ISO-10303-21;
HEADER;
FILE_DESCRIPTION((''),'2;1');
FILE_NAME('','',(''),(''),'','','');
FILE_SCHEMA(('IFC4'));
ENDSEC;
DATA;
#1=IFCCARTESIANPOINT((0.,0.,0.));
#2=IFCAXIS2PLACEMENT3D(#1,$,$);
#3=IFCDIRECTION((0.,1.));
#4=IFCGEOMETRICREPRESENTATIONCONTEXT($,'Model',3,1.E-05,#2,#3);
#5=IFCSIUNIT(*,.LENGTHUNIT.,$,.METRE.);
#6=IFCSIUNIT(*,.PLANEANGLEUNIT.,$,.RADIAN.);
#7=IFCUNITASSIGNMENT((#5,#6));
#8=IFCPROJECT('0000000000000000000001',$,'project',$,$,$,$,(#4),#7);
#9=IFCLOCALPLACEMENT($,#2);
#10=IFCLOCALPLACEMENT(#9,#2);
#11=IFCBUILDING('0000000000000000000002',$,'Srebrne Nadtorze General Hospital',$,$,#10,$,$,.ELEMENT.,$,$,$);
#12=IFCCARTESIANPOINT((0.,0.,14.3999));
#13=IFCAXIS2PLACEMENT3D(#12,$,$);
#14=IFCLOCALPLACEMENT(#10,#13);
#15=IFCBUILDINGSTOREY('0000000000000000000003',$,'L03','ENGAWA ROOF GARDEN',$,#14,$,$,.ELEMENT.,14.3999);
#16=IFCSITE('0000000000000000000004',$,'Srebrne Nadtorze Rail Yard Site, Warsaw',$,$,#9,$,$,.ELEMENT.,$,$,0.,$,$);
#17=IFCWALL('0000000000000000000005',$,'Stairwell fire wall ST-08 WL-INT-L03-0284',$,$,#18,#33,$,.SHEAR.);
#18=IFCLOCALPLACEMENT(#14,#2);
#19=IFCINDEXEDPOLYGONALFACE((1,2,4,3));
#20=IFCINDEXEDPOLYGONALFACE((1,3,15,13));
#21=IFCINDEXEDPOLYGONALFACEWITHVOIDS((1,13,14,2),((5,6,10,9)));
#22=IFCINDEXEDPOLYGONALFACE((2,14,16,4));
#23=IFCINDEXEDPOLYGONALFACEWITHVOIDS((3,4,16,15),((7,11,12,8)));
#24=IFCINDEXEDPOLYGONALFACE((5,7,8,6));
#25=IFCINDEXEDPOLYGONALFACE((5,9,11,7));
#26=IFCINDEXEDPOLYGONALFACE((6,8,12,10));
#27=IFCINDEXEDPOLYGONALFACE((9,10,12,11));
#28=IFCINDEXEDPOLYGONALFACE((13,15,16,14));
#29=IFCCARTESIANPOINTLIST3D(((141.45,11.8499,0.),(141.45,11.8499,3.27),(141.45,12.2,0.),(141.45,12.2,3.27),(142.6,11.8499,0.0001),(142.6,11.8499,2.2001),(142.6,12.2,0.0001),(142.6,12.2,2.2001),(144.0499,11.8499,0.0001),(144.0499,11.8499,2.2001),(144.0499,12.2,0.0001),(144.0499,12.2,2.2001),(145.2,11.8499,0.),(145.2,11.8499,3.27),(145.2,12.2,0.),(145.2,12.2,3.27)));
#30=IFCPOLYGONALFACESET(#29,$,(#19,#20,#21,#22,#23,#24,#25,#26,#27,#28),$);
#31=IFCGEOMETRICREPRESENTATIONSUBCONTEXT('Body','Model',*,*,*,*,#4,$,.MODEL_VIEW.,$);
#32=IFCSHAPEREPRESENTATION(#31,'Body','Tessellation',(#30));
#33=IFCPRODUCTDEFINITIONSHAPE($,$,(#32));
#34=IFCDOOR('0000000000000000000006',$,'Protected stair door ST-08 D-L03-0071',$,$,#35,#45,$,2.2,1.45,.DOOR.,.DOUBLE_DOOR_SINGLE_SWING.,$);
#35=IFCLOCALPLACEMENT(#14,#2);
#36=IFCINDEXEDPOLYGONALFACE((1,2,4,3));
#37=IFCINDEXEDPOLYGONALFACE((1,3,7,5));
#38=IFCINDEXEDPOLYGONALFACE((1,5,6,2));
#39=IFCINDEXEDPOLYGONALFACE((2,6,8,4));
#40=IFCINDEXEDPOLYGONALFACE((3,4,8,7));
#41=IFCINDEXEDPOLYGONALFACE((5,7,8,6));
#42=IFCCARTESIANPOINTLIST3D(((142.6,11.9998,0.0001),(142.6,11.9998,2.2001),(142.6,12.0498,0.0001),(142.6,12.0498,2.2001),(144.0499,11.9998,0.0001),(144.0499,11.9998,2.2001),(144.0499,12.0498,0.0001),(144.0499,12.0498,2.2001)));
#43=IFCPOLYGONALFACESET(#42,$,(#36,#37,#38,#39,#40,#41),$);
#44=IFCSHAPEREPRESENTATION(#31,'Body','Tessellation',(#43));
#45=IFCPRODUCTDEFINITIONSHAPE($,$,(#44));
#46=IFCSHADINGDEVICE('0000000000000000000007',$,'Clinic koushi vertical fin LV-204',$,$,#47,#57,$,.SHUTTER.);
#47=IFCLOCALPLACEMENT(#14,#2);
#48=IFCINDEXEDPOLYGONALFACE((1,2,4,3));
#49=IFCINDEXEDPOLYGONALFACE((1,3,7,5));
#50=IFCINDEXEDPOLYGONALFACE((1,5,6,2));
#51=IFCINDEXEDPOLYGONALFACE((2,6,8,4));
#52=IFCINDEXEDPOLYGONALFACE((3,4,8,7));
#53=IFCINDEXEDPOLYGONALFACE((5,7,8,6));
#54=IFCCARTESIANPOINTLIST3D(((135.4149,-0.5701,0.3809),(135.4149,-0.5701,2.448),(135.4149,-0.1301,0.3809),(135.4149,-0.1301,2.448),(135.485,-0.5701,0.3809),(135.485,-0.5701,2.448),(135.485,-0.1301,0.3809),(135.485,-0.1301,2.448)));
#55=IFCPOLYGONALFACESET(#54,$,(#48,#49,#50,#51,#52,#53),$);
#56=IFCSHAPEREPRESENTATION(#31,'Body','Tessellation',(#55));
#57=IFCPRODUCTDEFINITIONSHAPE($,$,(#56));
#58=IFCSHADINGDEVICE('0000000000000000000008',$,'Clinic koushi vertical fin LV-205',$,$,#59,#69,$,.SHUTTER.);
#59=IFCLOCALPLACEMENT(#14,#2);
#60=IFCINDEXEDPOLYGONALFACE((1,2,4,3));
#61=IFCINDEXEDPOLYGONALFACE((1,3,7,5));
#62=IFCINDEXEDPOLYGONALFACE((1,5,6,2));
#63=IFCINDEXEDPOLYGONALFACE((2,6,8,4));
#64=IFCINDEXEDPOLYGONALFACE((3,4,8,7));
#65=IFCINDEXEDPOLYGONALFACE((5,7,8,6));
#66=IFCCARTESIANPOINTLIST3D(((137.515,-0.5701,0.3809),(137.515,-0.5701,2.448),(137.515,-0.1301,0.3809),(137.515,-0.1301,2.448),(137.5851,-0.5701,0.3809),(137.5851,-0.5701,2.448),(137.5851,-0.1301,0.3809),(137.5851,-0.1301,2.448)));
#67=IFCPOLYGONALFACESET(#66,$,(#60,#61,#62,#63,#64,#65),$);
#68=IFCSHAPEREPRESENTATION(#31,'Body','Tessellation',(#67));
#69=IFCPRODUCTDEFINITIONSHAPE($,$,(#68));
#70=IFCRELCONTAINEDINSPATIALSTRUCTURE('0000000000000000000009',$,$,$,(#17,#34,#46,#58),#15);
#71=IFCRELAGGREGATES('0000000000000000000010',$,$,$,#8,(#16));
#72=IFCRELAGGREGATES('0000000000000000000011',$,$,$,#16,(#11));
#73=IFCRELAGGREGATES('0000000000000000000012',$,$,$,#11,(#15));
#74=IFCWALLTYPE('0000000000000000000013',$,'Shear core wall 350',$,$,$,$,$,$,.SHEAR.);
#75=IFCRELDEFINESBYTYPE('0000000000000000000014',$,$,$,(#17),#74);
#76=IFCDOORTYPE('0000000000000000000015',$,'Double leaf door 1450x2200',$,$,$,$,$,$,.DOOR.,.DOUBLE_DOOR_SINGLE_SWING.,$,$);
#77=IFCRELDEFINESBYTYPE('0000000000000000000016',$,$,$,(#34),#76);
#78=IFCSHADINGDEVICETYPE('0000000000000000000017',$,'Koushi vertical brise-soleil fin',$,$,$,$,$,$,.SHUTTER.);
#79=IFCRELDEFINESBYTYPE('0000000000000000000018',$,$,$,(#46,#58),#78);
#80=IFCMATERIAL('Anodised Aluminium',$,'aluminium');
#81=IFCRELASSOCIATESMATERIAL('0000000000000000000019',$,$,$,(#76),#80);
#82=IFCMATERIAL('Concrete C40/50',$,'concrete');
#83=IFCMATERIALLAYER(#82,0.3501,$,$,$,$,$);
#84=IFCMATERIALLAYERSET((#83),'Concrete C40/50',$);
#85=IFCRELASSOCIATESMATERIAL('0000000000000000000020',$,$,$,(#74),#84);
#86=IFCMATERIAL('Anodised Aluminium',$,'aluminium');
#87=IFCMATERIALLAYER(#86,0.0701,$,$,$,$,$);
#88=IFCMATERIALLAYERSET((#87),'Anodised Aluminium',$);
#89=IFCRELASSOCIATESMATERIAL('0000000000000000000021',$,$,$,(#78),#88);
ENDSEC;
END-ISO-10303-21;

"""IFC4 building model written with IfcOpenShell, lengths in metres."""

from ifc_helpers import new_model, si_unit, direction, frame, frame_2d, origin, origin_2d, place, context, subcontext, project, spatial, rectangle, extrude, material, layer, layer_set, type_object, element, fill, save


model = new_model("IFC4")

# Units and contexts
model_context = context("Model", 3, precision=1e-05, world=origin(), true_north=direction((0.0, 1.0)))
body_context = subcontext(model_context, "Body", "Model", "MODEL_VIEW")
ifc_project = project(units=[si_unit("LENGTHUNIT", "METRE"), si_unit("PLANEANGLEUNIT", "RADIAN")], contexts=[model_context])

# Site, building, storey
site_placement = place(None, origin())
site = spatial("IfcSite", under=ifc_project, at=site_placement, Name="Srebrne Nadtorze Rail Yard Site, Warsaw", CompositionType="ELEMENT", RefElevation=0.0)
building_placement = place(site_placement, origin())
building = spatial("IfcBuilding", under=site, at=building_placement, Name="Srebrne Nadtorze General Hospital", CompositionType="ELEMENT")
storey_placement = place(building_placement, frame((0.0, 0.0, 14.3999)))
storey = spatial("IfcBuildingStorey", under=building, at=storey_placement, Name="L03", Description="ENGAWA ROOF GARDEN", CompositionType="ELEMENT", Elevation=14.3999)

# Shared definitions
ifc_material_1 = material(Name="Anodised Aluminium", Category="aluminium")
door_type = type_object("IfcDoorType", Name="Double leaf door 1450x2200", OperationType="DOUBLE_DOOR_SINGLE_SWING", PredefinedType="DOOR", material=ifc_material_1)

# Shared definitions
ifc_material_2 = material(Name="Concrete C40/50", Category="concrete")
ifc_layer_1 = layer(ifc_material_2, 0.3501)
ifc_layer_set_1 = layer_set([ifc_layer_1], Name="Concrete C40/50")
wall_type_1 = type_object("IfcWallType", Name="Shear core wall 350", PredefinedType="SHEAR", material=ifc_layer_set_1)

# Wall, opening, door
wall_1_placement = place(storey_placement, frame((141.45, 12.0249, 0.0), z_axis=(0.0, 0.0, 1.0), x_axis=(1.0, 0.0, 0.0)))
wall_1 = element("IfcWall", 1, at=wall_1_placement, inside=storey, type_object=wall_type_1, Name="Stairwell fire wall ST-08 WL-INT-L03-0284", PredefinedType="SHEAR", context=body_context, shape_type="SweptSolid", body=[
    extrude(rectangle(XDim=3.75, YDim=0.3501, at=frame_2d((1.875, 0.0))), origin(), (0.0, 0.0, 1.0), 3.27),
])
opening_1_placement = place(wall_1_placement, frame((1.1499, 0.0, 0.0)))
opening_1 = element("IfcOpeningElement", 2, at=opening_1_placement, cuts=wall_1, PredefinedType="OPENING", context=body_context, shape_type="SweptSolid", body=[
    extrude(rectangle(XDim=1.45, YDim=2.2, at=frame_2d((0.7251, 1.1001))), frame((0.0, 0.187, 0.0), z_axis=(0.0, -1.0, 0.0), x_axis=(1.0, 0.0, 0.0)), (0.0, 0.0, 1.0), 0.374),
])
door_1_placement = place(opening_1_placement, origin())
door_1 = element("IfcDoor", 3, at=door_1_placement, inside=storey, type_object=door_type, Name="Protected stair door ST-08 D-L03-0071", OperationType="DOUBLE_DOOR_SINGLE_SWING", OverallHeight=2.2, OverallWidth=1.45, PredefinedType="DOOR", context=body_context, shape_type="SweptSolid", body=[
    extrude(rectangle(XDim=1.45, YDim=2.2, at=frame_2d((0.7251, 1.1001))), frame((0.0, 0.0249, 0.0), z_axis=(0.0, -1.0, 0.0), x_axis=(1.0, 0.0, 0.0)), (0.0, 0.0, 1.0), 0.05),
])
fill(opening_1, door_1)

# Shading devices
ifc_material_3 = material(Name="Anodised Aluminium", Category="aluminium")
ifc_layer_2 = layer(ifc_material_3, 0.0701)
ifc_layer_set_2 = layer_set([ifc_layer_2], Name="Anodised Aluminium")
shading_device_type = type_object("IfcShadingDeviceType", Name="Koushi vertical brise-soleil fin", PredefinedType="SHUTTER", material=ifc_layer_set_2)
for number, where, z_axis, x_axis, name in (
    (4, (135.45, -0.3501, 0.3809), (0.0, 0.0, 1.0), (1.0, 0.0, 0.0), "Clinic koushi vertical fin LV-204"),
    (5, (137.55, -0.3501, 0.3809), (0.0, 0.0, 1.0), (1.0, 0.0, 0.0), "Clinic koushi vertical fin LV-205"),
):
    element("IfcShadingDevice", number, at=place(storey_placement, frame(where, z_axis=z_axis, x_axis=x_axis)), inside=storey, type_object=shading_device_type, Name=name, PredefinedType="SHUTTER", context=body_context, shape_type="SweptSolid", body=[
        extrude(rectangle(XDim=0.0701, YDim=0.4399, at=origin_2d()), origin(), (0.0, 0.0, 1.0), 2.0671),
    ])

save(model, "model.ifc")
